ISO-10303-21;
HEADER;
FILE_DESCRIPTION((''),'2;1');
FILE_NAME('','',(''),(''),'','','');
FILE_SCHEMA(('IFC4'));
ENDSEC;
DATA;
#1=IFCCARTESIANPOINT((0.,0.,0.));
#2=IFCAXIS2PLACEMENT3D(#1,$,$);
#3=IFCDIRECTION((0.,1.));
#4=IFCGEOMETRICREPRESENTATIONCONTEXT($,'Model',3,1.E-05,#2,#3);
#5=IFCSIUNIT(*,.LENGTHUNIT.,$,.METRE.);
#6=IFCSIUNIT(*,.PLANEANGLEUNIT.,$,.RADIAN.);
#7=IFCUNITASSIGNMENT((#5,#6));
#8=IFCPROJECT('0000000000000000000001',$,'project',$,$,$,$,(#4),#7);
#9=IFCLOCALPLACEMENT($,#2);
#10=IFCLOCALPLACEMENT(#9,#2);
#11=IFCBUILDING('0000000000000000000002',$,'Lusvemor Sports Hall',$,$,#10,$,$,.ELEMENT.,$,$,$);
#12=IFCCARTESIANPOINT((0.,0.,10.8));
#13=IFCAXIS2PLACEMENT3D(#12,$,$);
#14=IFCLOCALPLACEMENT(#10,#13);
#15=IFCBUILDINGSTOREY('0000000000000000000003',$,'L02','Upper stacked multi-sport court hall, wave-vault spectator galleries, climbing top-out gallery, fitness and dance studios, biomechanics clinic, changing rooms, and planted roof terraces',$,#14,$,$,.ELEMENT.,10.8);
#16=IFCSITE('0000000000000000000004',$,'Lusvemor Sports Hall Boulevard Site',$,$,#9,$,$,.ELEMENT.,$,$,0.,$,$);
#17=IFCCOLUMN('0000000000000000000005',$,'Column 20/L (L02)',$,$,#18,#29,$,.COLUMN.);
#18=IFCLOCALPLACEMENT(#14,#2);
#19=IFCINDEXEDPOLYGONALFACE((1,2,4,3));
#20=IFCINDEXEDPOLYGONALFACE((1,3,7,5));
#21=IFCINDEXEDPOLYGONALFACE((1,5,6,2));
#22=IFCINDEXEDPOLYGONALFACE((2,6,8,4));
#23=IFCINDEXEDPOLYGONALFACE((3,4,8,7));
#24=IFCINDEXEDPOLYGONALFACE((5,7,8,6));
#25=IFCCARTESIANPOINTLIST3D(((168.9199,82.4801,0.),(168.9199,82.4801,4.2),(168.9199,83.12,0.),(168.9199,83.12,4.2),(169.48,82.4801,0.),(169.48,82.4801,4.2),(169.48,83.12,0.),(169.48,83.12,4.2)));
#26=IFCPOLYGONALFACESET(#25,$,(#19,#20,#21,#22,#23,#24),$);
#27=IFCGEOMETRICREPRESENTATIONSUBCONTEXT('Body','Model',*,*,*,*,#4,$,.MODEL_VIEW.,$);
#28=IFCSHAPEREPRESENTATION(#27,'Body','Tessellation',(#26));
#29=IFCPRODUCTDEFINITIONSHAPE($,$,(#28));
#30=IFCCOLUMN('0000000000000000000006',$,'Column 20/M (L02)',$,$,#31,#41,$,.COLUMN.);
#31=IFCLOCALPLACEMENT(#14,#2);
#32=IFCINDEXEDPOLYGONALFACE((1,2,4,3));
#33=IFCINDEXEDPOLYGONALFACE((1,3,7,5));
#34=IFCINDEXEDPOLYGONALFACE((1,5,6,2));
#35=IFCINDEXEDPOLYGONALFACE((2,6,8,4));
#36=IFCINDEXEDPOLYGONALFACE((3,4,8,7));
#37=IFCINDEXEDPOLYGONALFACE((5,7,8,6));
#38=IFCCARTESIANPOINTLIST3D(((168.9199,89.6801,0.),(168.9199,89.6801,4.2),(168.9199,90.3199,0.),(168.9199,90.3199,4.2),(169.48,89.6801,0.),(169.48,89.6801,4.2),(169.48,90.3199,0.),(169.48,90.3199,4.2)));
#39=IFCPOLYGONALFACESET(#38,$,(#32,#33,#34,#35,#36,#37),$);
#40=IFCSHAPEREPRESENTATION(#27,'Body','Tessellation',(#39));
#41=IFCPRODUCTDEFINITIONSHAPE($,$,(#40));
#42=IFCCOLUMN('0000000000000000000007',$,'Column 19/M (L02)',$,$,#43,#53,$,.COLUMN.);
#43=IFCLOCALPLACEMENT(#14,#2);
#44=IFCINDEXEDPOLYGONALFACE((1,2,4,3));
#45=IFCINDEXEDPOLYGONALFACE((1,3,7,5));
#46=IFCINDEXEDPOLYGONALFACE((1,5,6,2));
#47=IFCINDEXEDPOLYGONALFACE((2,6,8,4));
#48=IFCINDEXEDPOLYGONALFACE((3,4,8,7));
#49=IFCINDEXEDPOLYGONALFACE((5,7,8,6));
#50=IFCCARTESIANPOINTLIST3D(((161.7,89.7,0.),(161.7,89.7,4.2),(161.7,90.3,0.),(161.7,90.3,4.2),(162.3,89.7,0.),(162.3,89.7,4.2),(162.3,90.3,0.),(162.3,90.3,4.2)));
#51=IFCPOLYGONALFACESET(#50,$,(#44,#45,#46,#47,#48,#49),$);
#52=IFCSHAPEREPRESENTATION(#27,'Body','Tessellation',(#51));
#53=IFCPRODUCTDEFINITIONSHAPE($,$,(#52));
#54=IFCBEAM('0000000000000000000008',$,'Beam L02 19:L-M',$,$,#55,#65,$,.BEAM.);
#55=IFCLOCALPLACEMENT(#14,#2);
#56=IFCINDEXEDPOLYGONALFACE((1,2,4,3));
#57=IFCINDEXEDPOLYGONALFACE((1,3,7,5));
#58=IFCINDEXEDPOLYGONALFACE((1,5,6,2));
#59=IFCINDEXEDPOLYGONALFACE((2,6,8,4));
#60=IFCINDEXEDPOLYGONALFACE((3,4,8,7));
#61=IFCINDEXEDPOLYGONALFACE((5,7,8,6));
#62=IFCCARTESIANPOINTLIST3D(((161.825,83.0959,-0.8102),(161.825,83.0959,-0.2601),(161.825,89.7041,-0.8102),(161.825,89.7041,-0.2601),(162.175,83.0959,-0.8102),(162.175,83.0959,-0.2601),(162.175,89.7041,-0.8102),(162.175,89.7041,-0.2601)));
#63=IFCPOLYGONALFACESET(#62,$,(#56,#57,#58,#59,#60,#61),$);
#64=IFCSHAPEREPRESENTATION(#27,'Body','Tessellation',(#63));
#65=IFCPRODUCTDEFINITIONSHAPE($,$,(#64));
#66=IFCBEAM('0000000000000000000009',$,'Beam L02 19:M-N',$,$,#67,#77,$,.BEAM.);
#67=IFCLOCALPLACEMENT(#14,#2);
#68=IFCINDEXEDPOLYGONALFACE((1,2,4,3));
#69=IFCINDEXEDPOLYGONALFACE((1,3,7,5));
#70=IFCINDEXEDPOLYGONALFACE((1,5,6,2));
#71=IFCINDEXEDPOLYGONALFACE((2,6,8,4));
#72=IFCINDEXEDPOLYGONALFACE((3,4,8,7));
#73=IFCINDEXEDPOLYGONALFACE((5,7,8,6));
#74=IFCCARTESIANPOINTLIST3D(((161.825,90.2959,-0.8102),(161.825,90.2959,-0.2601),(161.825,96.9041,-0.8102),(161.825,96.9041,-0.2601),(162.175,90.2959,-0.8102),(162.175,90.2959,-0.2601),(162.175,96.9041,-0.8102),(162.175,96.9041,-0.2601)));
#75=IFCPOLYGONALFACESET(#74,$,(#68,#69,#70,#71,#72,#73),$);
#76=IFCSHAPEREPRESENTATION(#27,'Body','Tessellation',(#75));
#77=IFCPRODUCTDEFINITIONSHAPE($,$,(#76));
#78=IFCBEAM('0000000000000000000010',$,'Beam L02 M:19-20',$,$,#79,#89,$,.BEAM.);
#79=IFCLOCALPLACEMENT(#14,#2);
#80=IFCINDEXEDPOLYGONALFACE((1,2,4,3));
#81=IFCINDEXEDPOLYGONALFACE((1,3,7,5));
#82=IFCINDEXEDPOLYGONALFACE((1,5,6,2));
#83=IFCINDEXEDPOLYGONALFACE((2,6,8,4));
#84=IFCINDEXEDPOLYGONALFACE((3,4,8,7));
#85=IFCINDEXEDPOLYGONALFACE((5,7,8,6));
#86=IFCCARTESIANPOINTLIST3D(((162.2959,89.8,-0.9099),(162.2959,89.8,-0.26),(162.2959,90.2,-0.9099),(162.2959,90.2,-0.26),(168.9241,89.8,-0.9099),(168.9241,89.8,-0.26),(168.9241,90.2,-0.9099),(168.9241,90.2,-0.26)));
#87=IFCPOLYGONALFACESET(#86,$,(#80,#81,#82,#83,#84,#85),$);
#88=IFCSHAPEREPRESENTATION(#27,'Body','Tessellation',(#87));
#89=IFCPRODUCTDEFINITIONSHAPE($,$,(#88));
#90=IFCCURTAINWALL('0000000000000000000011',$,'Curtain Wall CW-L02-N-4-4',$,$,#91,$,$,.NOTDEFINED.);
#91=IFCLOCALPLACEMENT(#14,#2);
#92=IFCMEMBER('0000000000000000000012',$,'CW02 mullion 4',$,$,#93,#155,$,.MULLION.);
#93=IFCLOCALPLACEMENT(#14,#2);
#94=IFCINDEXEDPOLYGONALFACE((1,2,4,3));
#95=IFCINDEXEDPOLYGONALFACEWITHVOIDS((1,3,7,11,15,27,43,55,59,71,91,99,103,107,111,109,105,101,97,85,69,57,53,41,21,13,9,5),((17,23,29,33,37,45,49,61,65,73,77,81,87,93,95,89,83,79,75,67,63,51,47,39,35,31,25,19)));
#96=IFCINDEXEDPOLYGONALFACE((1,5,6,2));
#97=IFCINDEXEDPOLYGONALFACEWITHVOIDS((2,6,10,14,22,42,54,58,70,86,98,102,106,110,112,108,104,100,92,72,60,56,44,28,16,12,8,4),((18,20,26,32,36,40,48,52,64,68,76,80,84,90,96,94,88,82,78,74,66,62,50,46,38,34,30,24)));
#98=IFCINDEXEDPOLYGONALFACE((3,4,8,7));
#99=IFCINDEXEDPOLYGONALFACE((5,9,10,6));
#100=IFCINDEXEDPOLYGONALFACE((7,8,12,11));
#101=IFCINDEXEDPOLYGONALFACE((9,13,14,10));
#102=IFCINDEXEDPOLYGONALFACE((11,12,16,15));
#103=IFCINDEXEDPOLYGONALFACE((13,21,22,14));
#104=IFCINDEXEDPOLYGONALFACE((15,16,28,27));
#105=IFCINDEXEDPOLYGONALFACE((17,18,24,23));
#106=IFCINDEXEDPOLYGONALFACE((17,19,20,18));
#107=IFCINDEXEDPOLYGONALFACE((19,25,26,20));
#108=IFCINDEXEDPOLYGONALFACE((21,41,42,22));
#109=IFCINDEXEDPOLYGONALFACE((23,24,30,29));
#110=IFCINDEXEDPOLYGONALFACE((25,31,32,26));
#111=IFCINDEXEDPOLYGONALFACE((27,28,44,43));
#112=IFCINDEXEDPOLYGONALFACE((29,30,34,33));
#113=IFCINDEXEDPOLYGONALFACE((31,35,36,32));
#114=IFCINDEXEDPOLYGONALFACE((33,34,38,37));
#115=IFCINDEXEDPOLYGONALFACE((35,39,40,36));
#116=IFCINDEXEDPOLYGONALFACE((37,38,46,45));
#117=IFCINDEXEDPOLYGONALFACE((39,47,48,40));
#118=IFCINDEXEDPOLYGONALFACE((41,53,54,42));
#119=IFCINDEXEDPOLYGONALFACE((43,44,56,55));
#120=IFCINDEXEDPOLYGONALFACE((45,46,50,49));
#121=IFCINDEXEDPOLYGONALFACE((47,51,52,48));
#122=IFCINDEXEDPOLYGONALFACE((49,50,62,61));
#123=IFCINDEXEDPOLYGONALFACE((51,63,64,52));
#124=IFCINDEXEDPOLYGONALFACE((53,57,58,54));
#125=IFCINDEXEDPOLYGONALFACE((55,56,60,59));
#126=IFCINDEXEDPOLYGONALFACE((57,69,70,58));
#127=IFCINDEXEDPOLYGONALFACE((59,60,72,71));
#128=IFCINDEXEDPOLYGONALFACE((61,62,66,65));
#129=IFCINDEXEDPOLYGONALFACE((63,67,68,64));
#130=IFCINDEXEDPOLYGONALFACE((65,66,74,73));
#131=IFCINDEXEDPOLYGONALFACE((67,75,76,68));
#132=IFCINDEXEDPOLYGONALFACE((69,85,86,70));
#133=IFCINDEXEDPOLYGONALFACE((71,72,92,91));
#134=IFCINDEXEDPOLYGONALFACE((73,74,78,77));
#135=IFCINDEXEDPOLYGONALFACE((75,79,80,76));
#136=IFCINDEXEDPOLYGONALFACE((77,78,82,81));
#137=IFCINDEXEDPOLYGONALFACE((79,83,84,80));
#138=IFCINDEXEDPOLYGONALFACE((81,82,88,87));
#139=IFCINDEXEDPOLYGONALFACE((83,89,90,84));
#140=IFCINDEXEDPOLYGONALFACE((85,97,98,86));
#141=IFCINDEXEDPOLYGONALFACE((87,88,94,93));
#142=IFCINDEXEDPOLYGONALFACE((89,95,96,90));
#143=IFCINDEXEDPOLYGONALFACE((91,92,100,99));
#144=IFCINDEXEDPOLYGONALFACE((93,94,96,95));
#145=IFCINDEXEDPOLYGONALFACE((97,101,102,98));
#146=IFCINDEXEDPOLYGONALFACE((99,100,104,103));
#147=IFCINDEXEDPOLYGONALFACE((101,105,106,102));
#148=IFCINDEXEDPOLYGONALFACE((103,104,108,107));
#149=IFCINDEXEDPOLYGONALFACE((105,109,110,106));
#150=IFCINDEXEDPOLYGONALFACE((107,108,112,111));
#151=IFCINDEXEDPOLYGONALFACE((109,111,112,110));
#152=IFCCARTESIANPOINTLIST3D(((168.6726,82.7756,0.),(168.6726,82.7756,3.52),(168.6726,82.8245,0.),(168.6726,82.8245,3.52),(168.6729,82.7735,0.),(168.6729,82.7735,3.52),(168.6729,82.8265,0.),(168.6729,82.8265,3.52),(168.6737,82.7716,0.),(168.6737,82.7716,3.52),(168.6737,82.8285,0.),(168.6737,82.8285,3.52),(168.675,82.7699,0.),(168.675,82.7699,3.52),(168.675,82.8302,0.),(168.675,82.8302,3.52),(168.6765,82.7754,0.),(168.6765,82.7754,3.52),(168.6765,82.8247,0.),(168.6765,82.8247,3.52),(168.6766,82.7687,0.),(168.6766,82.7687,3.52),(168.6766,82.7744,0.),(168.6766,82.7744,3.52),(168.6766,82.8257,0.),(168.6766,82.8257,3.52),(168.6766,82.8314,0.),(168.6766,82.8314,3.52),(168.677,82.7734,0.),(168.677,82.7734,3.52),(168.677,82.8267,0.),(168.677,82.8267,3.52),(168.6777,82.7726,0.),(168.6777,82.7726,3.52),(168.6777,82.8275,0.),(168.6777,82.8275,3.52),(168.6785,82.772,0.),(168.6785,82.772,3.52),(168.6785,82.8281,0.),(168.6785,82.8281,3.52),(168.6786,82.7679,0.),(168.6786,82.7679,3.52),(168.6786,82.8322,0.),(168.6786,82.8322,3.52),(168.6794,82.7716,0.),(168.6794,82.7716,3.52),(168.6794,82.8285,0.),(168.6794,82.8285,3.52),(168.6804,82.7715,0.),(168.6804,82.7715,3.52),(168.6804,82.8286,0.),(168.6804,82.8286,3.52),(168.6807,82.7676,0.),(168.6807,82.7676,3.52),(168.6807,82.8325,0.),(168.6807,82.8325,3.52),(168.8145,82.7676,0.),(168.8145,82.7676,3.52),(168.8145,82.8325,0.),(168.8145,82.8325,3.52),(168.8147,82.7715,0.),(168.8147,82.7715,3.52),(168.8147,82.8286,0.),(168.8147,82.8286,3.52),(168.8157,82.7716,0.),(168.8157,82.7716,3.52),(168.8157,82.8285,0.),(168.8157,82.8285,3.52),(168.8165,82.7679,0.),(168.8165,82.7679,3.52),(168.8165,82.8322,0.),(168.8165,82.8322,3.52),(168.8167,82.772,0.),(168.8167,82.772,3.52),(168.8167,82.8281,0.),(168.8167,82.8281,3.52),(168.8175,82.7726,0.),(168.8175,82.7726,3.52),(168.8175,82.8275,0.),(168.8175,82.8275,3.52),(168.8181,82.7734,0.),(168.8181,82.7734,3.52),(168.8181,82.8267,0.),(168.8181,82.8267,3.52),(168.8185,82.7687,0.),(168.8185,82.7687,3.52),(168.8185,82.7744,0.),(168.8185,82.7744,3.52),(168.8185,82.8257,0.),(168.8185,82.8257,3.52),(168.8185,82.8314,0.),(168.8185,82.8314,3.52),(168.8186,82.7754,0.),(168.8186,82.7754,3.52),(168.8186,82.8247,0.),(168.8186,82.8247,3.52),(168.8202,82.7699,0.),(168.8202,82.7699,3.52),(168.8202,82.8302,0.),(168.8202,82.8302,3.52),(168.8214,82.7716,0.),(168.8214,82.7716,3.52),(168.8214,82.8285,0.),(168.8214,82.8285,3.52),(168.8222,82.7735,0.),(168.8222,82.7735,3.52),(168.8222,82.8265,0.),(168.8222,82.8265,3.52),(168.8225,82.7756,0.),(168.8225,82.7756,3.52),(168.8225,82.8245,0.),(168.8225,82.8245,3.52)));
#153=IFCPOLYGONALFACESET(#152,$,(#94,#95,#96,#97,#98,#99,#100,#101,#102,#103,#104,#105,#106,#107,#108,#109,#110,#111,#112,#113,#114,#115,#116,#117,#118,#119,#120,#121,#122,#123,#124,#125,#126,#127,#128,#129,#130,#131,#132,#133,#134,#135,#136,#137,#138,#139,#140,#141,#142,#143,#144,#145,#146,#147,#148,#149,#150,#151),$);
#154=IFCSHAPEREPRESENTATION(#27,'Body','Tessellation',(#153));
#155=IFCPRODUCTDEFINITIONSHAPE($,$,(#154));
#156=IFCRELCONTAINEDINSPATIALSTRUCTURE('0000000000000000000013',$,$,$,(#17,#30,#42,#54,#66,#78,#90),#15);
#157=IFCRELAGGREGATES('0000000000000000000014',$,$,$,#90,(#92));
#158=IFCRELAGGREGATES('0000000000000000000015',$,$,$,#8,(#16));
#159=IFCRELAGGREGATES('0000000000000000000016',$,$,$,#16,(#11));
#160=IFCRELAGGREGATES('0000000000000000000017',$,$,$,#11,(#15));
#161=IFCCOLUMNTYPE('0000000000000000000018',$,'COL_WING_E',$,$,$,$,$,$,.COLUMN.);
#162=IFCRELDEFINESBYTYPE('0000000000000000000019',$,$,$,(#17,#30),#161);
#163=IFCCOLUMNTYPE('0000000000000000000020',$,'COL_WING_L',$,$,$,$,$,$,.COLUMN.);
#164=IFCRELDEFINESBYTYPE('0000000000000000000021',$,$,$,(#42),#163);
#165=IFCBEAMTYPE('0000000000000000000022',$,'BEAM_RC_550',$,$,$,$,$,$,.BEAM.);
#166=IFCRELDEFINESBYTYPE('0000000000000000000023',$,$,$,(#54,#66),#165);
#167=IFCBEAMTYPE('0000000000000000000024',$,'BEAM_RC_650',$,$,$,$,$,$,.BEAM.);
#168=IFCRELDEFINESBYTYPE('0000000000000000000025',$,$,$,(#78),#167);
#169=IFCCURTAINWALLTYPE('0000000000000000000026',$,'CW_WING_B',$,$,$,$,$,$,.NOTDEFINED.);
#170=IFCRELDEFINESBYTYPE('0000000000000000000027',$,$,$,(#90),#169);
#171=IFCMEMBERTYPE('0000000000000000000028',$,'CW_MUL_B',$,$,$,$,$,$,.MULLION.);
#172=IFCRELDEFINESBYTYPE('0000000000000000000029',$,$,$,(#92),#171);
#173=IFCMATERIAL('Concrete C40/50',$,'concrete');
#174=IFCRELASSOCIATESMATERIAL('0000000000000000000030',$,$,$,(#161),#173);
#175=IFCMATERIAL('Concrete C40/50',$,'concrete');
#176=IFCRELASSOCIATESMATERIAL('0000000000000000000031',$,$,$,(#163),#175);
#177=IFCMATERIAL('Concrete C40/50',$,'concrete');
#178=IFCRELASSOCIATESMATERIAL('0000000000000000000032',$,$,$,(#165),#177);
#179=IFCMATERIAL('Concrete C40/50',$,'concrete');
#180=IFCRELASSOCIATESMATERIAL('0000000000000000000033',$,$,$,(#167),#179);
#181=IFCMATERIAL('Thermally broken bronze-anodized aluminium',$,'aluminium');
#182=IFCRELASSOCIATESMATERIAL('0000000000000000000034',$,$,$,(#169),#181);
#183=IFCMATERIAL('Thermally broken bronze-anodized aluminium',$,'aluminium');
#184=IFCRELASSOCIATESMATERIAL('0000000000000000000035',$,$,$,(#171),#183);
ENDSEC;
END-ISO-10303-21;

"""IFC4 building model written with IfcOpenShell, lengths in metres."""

from ifc_helpers import new_model, si_unit, direction, frame, origin, origin_2d, place, context, subcontext, project, spatial, rectangle, hollow_rectangle, extrude, material, material_profile, profile_set, type_object, element, aggregate, save


model = new_model("IFC4")

# Units and contexts
model_context = context("Model", 3, precision=1e-05, world=origin(), true_north=direction((0.0, 1.0)))
body_context = subcontext(model_context, "Body", "Model", "MODEL_VIEW")
ifc_project = project(units=[si_unit("LENGTHUNIT", "METRE"), si_unit("PLANEANGLEUNIT", "RADIAN")], contexts=[model_context])

# Site, building, storey
site_placement = place(None, origin())
site = spatial("IfcSite", under=ifc_project, at=site_placement, Name="Lusvemor Sports Hall Boulevard Site", CompositionType="ELEMENT", RefElevation=0.0)
building_placement = place(site_placement, origin())
building = spatial("IfcBuilding", under=site, at=building_placement, Name="Lusvemor Sports Hall", CompositionType="ELEMENT")
storey_placement = place(building_placement, frame((0.0, 0.0, 10.8)))
storey = spatial("IfcBuildingStorey", under=building, at=storey_placement, Name="L02", Description="Upper stacked multi-sport court hall, wave-vault spectator galleries, climbing top-out gallery, fitness and dance studios, biomechanics clinic, changing rooms, and planted roof terraces", CompositionType="ELEMENT", Elevation=10.8)

# Columns
ifc_material_1 = material(Name="Concrete C40/50", Category="concrete")
ifc_material_profile_1 = material_profile(ifc_material_1, rectangle(XDim=0.5601, YDim=0.6399, at=origin_2d()), Name="RC560x640")
ifc_profile_set_1 = profile_set([ifc_material_profile_1], Name="Concrete C40/50")
column_type_1 = type_object("IfcColumnType", Name="COL_WING_E", PredefinedType="COLUMN", material=ifc_profile_set_1)
for number, where, z_axis, x_axis, name in (
    (1, (169.2, 82.8, 0.0), (0.0, 0.0, 1.0), (1.0, 0.0, 0.0), "Column 20/L (L02)"),
    (2, (169.2, 90.0, 0.0), (0.0, 0.0, 1.0), (1.0, 0.0, 0.0), "Column 20/M (L02)"),
):
    element("IfcColumn", number, at=place(storey_placement, frame(where, z_axis=z_axis, x_axis=x_axis)), inside=storey, type_object=column_type_1, Name=name, PredefinedType="COLUMN", context=body_context, shape_type="SweptSolid", body=[
        extrude(rectangle(XDim=0.5601, YDim=0.6399, at=origin_2d()), origin(), (0.0, 0.0, 1.0), 4.2),
    ])
ifc_material_2 = material(Name="Concrete C40/50", Category="concrete")
ifc_material_profile_2 = material_profile(ifc_material_2, rectangle(XDim=0.6001, YDim=0.6001, at=origin_2d()), Name="RC600x600")
ifc_profile_set_2 = profile_set([ifc_material_profile_2], Name="Concrete C40/50")
column_type_2 = type_object("IfcColumnType", Name="COL_WING_L", PredefinedType="COLUMN", material=ifc_profile_set_2)
column_placement = place(storey_placement, frame((162.0, 90.0, 0.0), z_axis=(0.0, 0.0, 1.0), x_axis=(1.0, 0.0, 0.0)))
element("IfcColumn", 3, at=column_placement, inside=storey, type_object=column_type_2, Name="Column 19/M (L02)", PredefinedType="COLUMN", context=body_context, shape_type="SweptSolid", body=[
    extrude(rectangle(XDim=0.6001, YDim=0.6001, at=origin_2d()), origin(), (0.0, 0.0, 1.0), 4.2),
])

# Beams
ifc_material_3 = material(Name="Concrete C40/50", Category="concrete")
ifc_material_profile_3 = material_profile(ifc_material_3, rectangle(XDim=0.3501, YDim=0.55, at=origin_2d()), Name="RC350x550")
ifc_profile_set_3 = profile_set([ifc_material_profile_3], Name="Concrete C40/50")
beam_type_1 = type_object("IfcBeamType", Name="BEAM_RC_550", PredefinedType="BEAM", material=ifc_profile_set_3)
for number, where, z_axis, x_axis, name in (
    (4, (162.0, 83.0959, -0.5352), (0.0, 1.0, 0.0), (-1.0, 0.0, 0.0), "Beam L02 19:L-M"),
    (5, (162.0, 90.2959, -0.5352), (0.0, 1.0, 0.0), (-1.0, 0.0, 0.0), "Beam L02 19:M-N"),
):
    element("IfcBeam", number, at=place(storey_placement, frame(where, z_axis=z_axis, x_axis=x_axis)), inside=storey, type_object=beam_type_1, Name=name, PredefinedType="BEAM", context=body_context, shape_type="SweptSolid", body=[
        extrude(rectangle(XDim=0.3501, YDim=0.55, at=origin_2d()), origin(), (0.0, 0.0, 1.0), 6.6082),
    ])
ifc_material_4 = material(Name="Concrete C40/50", Category="concrete")
ifc_material_profile_4 = material_profile(ifc_material_4, rectangle(XDim=0.3999, YDim=0.6499, at=origin_2d()), Name="RC400x650")
ifc_profile_set_4 = profile_set([ifc_material_profile_4], Name="Concrete C40/50")
beam_type_2 = type_object("IfcBeamType", Name="BEAM_RC_650", PredefinedType="BEAM", material=ifc_profile_set_4)
beam_placement = place(storey_placement, frame((162.2959, 90.0, -0.585), z_axis=(1.0, 0.0, 0.0), x_axis=(0.0, 1.0, 0.0)))
element("IfcBeam", 6, at=beam_placement, inside=storey, type_object=beam_type_2, Name="Beam L02 M:19-20", PredefinedType="BEAM", context=body_context, shape_type="SweptSolid", body=[
    extrude(rectangle(XDim=0.3999, YDim=0.6499, at=origin_2d()), origin(), (0.0, 0.0, 1.0), 6.6282),
])

# Curtain wall, member
ifc_material_5 = material(Name="Thermally broken bronze-anodized aluminium", Category="aluminium")
curtain_wall_type = type_object("IfcCurtainWallType", Name="CW_WING_B", PredefinedType="NOTDEFINED", material=ifc_material_5)
curtain_wall_placement = place(storey_placement, origin())
curtain_wall = element("IfcCurtainWall", 7, at=curtain_wall_placement, inside=storey, type_object=curtain_wall_type, Name="Curtain Wall CW-L02-N-4-4", PredefinedType="NOTDEFINED")
ifc_material_6 = material(Name="Thermally broken bronze-anodized aluminium", Category="aluminium")
ifc_material_profile_5 = material_profile(ifc_material_6, hollow_rectangle(XDim=0.0649, YDim=0.1499, WallThickness=0.0039, InnerFilletRadius=0.0039, OuterFilletRadius=0.0081, at=origin_2d()), Name="CWMUL150x65x4")
ifc_profile_set_5 = profile_set([ifc_material_profile_5], Name="Thermally broken bronze-anodized aluminium")
member_type = type_object("IfcMemberType", Name="CW_MUL_B", PredefinedType="MULLION", material=ifc_profile_set_5)
member_placement = place(storey_placement, frame((168.7476, 82.8, 0.0), z_axis=(0.0, 0.0, 1.0), x_axis=(0.0, 1.0, 0.0)))
member = element("IfcMember", 8, at=member_placement, type_object=member_type, Name="CW02 mullion 4", PredefinedType="MULLION", context=body_context, shape_type="SweptSolid", body=[
    extrude(hollow_rectangle(XDim=0.0649, YDim=0.1499, WallThickness=0.0039, InnerFilletRadius=0.0039, OuterFilletRadius=0.0081, at=origin_2d()), origin(), (0.0, 0.0, 1.0), 3.52),
])
aggregate(curtain_wall, [member])

save(model, "model.ifc")
